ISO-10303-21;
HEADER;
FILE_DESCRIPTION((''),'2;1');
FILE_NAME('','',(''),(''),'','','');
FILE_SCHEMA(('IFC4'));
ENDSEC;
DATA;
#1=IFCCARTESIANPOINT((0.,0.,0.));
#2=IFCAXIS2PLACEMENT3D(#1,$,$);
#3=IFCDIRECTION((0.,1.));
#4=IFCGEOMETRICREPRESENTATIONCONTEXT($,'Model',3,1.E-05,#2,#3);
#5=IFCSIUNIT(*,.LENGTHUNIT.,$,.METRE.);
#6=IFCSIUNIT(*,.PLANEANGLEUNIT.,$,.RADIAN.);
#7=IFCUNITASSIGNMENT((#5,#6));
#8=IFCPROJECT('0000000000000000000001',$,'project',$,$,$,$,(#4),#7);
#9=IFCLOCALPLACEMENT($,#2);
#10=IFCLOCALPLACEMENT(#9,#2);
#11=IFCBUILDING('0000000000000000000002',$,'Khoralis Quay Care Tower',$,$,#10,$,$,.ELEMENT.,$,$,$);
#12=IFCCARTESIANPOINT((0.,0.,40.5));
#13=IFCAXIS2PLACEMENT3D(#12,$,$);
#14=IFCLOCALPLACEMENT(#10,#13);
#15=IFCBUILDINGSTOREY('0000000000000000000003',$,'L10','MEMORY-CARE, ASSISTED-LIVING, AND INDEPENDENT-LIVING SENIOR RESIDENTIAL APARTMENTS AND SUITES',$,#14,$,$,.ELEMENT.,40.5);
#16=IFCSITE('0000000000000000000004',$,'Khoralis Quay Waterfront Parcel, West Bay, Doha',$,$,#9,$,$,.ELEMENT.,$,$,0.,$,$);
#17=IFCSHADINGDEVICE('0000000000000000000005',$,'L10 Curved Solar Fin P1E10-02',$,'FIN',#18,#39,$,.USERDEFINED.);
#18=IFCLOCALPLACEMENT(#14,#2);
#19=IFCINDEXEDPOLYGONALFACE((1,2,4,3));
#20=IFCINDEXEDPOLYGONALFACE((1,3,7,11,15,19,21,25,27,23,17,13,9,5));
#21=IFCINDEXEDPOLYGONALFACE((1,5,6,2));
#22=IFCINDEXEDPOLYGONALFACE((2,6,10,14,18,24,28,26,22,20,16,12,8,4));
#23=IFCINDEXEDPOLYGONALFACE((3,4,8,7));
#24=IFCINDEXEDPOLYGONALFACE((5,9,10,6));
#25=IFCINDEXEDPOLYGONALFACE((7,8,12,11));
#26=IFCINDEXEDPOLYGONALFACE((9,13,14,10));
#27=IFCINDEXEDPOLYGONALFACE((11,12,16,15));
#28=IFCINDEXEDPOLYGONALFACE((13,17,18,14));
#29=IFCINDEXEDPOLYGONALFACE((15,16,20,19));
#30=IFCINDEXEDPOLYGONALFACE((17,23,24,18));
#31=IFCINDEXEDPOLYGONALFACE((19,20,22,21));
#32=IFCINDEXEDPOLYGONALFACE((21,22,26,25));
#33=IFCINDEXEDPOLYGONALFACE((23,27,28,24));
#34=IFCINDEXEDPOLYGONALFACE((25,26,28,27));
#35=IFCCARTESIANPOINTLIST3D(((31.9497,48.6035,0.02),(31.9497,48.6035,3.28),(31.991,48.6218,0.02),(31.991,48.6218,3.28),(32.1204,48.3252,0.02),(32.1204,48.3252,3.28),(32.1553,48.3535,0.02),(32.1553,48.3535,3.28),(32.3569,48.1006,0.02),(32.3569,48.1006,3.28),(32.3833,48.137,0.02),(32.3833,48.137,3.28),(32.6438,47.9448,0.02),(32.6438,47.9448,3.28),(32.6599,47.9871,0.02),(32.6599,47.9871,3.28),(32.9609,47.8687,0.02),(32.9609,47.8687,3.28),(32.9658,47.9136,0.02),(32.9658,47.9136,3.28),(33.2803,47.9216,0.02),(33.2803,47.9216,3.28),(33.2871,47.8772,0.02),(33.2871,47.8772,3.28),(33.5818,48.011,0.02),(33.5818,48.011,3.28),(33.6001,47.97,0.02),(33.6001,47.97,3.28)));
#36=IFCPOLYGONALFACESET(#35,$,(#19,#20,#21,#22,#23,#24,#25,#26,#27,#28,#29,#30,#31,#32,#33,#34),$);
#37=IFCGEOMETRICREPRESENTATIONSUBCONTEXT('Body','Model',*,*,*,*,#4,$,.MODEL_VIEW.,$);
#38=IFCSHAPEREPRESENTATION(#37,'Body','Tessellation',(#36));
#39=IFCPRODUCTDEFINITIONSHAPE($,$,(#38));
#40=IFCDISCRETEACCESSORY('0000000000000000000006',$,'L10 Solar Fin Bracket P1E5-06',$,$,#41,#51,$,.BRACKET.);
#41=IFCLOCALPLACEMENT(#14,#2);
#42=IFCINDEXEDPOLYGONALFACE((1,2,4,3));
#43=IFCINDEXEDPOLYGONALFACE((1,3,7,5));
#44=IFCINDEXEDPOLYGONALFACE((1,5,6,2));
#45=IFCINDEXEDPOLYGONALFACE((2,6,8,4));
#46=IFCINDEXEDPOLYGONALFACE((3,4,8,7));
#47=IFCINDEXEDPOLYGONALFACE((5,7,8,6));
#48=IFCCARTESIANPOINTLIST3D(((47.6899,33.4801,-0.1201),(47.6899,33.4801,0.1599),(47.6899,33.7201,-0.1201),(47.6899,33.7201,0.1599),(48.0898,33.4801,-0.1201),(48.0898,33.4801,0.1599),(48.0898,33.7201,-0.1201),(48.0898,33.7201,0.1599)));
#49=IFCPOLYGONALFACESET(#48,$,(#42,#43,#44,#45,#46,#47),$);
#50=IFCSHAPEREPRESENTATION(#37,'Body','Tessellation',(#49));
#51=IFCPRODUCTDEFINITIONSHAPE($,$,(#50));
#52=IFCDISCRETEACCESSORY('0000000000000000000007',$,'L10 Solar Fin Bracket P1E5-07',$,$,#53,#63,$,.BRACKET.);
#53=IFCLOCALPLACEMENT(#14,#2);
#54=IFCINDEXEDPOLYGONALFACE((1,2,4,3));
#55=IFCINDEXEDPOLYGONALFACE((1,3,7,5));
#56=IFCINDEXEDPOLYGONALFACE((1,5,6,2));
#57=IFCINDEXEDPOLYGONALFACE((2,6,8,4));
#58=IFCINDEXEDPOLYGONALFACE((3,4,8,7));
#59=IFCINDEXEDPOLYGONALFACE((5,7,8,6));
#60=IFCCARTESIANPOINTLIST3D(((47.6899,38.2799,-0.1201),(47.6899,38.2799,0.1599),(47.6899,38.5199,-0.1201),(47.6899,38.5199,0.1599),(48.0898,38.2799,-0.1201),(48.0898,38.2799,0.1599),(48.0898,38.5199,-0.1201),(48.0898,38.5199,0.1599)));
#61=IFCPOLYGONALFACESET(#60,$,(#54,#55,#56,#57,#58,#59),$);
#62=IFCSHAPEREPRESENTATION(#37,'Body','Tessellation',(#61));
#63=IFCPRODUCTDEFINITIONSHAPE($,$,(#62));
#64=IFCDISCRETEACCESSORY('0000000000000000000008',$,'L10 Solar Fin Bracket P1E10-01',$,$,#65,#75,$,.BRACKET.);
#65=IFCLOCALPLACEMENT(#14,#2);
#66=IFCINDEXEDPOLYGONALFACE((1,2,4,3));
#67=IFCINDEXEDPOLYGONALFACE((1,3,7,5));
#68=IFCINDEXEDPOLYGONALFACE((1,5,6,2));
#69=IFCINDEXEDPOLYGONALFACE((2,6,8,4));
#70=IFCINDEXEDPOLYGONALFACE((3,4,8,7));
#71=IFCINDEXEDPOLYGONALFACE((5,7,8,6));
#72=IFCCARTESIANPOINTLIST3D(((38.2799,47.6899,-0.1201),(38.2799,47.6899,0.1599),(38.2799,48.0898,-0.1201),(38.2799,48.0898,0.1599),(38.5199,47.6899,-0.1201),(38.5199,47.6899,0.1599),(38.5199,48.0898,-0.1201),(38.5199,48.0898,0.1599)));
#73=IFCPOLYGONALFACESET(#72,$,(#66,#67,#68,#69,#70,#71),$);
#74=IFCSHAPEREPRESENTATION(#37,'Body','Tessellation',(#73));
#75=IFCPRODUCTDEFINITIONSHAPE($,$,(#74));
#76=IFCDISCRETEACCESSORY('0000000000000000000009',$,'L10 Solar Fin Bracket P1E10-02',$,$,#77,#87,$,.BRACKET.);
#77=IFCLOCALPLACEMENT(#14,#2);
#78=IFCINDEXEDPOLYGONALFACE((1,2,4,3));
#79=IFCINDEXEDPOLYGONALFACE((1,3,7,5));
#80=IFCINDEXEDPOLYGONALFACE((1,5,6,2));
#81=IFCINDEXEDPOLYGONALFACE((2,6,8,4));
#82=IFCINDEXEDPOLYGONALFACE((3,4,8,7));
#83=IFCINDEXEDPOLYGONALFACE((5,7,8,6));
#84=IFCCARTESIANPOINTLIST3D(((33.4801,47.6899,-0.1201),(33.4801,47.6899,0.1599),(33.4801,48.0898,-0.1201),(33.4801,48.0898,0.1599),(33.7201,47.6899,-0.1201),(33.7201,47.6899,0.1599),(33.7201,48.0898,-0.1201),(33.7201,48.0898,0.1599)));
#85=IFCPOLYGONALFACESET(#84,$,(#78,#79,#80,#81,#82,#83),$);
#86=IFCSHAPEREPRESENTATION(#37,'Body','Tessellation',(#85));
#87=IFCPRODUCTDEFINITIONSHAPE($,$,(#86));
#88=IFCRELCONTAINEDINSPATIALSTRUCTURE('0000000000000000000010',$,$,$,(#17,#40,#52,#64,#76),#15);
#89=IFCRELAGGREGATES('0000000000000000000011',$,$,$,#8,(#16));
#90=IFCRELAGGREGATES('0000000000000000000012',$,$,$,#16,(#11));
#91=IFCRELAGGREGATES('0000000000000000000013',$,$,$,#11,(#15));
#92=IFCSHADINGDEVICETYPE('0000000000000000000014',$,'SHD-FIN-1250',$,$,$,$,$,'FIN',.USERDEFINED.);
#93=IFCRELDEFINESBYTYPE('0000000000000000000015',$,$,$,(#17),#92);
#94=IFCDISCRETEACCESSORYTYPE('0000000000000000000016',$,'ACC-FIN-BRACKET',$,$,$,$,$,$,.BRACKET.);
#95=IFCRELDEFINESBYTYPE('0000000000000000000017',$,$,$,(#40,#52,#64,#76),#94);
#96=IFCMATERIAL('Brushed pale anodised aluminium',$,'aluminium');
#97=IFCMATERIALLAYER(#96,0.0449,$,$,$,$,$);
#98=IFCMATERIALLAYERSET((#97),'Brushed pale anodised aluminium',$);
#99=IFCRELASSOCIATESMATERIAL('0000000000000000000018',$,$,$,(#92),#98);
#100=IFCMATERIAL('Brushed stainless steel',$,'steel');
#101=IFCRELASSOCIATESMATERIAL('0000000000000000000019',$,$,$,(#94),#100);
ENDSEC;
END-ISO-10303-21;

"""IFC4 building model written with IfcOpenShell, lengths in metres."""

from ifc_helpers import new_model, si_unit, direction, frame, origin, origin_2d, place, context, subcontext, project, spatial, polyline, rectangle, outline, extrude, source, transform, mapped, material, layer, layer_set, type_object, element, save


model = new_model("IFC4")

# Units and contexts
model_context = context("Model", 3, precision=1e-05, world=origin(), true_north=direction((0.0, 1.0)))
body_context = subcontext(model_context, "Body", "Model", "MODEL_VIEW")
ifc_project = project(units=[si_unit("LENGTHUNIT", "METRE"), si_unit("PLANEANGLEUNIT", "RADIAN")], contexts=[model_context])

# Site, building, storey
site_placement = place(None, origin())
site = spatial("IfcSite", under=ifc_project, at=site_placement, Name="Khoralis Quay Waterfront Parcel, West Bay, Doha", CompositionType="ELEMENT", RefElevation=0.0)
building_placement = place(site_placement, origin())
building = spatial("IfcBuilding", under=site, at=building_placement, Name="Khoralis Quay Care Tower", CompositionType="ELEMENT")
storey_placement = place(building_placement, frame((0.0, 0.0, 40.5)))
storey = spatial("IfcBuildingStorey", under=building, at=storey_placement, Name="L10", Description="MEMORY-CARE, ASSISTED-LIVING, AND INDEPENDENT-LIVING SENIOR RESIDENTIAL APARTMENTS AND SUITES", CompositionType="ELEMENT", Elevation=40.5)

# Shading device
ifc_material_1 = material(Name="Brushed pale anodised aluminium", Category="aluminium")
ifc_layer_1 = layer(ifc_material_1, 0.0449)
ifc_layer_set_1 = layer_set([ifc_layer_1], Name="Brushed pale anodised aluminium")
shading_device_type = type_object("IfcShadingDeviceType", Name="SHD-FIN-1250", ElementType="FIN", PredefinedType="USERDEFINED", material=ifc_layer_set_1)
shared_shape_1 = source(origin(), body_context, "Body", "SweptSolid", [
    extrude(outline(polyline([(0.0, 0.0), (-0.0928, 0.313), (-0.1013, 0.6392), (-0.0251, 0.9563), (0.1306, 1.2432), (0.3552, 1.4797), (0.6335, 1.6504), (0.6519, 1.6091), (0.3835, 1.4448), (0.167, 1.2168), (0.0171, 0.9402), (-0.0564, 0.6343), (-0.0483, 0.3198), (0.041, 0.0183), (0.0, 0.0)])), origin(), (0.0, 0.0, 1.0), 3.26),
])
for number, where, z_axis, x_axis, name in (
    (1, (33.6001, 47.97, 0.02), (0.0, 0.0, 1.0), (0.0, 1.0, 0.0), "L10 Curved Solar Fin P1E10-02"),
):
    element("IfcShadingDevice", number, at=place(storey_placement, frame(where, z_axis=z_axis, x_axis=x_axis)), inside=storey, type_object=shading_device_type, Name=name, ObjectType="FIN", PredefinedType="USERDEFINED", context=body_context, shape_type="MappedRepresentation", body=[
        mapped(shared_shape_1, transform((0.0, 0.0, 0.0), scale=1.0)),
    ])

# Discrete accessories
ifc_material_2 = material(Name="Brushed stainless steel", Category="steel")
discrete_accessory_type = type_object("IfcDiscreteAccessoryType", Name="ACC-FIN-BRACKET", PredefinedType="BRACKET", material=ifc_material_2)
shared_shape_2 = source(origin(), body_context, "Body", "SweptSolid", [
    extrude(rectangle(XDim=0.3999, YDim=0.24, at=origin_2d()), origin(), (0.0, 0.0, 1.0), 0.28),
])
for number, where, z_axis, x_axis, name in (
    (2, (47.8899, 33.6001, -0.1201), (0.0, 0.0, 1.0), (1.0, 0.0, 0.0), "L10 Solar Fin Bracket P1E5-06"),
    (3, (47.8899, 38.3999, -0.1201), (0.0, 0.0, 1.0), (1.0, 0.0, 0.0), "L10 Solar Fin Bracket P1E5-07"),
    (4, (38.3999, 47.8899, -0.1201), (0.0, 0.0, 1.0), (0.0, 1.0, 0.0), "L10 Solar Fin Bracket P1E10-01"),
    (5, (33.6001, 47.8899, -0.1201), (0.0, 0.0, 1.0), (0.0, 1.0, 0.0), "L10 Solar Fin Bracket P1E10-02"),
):
    element("IfcDiscreteAccessory", number, at=place(storey_placement, frame(where, z_axis=z_axis, x_axis=x_axis)), inside=storey, type_object=discrete_accessory_type, Name=name, PredefinedType="BRACKET", context=body_context, shape_type="MappedRepresentation", body=[
        mapped(shared_shape_2, transform((0.0, 0.0, 0.0), scale=1.0)),
    ])

save(model, "model.ifc")
